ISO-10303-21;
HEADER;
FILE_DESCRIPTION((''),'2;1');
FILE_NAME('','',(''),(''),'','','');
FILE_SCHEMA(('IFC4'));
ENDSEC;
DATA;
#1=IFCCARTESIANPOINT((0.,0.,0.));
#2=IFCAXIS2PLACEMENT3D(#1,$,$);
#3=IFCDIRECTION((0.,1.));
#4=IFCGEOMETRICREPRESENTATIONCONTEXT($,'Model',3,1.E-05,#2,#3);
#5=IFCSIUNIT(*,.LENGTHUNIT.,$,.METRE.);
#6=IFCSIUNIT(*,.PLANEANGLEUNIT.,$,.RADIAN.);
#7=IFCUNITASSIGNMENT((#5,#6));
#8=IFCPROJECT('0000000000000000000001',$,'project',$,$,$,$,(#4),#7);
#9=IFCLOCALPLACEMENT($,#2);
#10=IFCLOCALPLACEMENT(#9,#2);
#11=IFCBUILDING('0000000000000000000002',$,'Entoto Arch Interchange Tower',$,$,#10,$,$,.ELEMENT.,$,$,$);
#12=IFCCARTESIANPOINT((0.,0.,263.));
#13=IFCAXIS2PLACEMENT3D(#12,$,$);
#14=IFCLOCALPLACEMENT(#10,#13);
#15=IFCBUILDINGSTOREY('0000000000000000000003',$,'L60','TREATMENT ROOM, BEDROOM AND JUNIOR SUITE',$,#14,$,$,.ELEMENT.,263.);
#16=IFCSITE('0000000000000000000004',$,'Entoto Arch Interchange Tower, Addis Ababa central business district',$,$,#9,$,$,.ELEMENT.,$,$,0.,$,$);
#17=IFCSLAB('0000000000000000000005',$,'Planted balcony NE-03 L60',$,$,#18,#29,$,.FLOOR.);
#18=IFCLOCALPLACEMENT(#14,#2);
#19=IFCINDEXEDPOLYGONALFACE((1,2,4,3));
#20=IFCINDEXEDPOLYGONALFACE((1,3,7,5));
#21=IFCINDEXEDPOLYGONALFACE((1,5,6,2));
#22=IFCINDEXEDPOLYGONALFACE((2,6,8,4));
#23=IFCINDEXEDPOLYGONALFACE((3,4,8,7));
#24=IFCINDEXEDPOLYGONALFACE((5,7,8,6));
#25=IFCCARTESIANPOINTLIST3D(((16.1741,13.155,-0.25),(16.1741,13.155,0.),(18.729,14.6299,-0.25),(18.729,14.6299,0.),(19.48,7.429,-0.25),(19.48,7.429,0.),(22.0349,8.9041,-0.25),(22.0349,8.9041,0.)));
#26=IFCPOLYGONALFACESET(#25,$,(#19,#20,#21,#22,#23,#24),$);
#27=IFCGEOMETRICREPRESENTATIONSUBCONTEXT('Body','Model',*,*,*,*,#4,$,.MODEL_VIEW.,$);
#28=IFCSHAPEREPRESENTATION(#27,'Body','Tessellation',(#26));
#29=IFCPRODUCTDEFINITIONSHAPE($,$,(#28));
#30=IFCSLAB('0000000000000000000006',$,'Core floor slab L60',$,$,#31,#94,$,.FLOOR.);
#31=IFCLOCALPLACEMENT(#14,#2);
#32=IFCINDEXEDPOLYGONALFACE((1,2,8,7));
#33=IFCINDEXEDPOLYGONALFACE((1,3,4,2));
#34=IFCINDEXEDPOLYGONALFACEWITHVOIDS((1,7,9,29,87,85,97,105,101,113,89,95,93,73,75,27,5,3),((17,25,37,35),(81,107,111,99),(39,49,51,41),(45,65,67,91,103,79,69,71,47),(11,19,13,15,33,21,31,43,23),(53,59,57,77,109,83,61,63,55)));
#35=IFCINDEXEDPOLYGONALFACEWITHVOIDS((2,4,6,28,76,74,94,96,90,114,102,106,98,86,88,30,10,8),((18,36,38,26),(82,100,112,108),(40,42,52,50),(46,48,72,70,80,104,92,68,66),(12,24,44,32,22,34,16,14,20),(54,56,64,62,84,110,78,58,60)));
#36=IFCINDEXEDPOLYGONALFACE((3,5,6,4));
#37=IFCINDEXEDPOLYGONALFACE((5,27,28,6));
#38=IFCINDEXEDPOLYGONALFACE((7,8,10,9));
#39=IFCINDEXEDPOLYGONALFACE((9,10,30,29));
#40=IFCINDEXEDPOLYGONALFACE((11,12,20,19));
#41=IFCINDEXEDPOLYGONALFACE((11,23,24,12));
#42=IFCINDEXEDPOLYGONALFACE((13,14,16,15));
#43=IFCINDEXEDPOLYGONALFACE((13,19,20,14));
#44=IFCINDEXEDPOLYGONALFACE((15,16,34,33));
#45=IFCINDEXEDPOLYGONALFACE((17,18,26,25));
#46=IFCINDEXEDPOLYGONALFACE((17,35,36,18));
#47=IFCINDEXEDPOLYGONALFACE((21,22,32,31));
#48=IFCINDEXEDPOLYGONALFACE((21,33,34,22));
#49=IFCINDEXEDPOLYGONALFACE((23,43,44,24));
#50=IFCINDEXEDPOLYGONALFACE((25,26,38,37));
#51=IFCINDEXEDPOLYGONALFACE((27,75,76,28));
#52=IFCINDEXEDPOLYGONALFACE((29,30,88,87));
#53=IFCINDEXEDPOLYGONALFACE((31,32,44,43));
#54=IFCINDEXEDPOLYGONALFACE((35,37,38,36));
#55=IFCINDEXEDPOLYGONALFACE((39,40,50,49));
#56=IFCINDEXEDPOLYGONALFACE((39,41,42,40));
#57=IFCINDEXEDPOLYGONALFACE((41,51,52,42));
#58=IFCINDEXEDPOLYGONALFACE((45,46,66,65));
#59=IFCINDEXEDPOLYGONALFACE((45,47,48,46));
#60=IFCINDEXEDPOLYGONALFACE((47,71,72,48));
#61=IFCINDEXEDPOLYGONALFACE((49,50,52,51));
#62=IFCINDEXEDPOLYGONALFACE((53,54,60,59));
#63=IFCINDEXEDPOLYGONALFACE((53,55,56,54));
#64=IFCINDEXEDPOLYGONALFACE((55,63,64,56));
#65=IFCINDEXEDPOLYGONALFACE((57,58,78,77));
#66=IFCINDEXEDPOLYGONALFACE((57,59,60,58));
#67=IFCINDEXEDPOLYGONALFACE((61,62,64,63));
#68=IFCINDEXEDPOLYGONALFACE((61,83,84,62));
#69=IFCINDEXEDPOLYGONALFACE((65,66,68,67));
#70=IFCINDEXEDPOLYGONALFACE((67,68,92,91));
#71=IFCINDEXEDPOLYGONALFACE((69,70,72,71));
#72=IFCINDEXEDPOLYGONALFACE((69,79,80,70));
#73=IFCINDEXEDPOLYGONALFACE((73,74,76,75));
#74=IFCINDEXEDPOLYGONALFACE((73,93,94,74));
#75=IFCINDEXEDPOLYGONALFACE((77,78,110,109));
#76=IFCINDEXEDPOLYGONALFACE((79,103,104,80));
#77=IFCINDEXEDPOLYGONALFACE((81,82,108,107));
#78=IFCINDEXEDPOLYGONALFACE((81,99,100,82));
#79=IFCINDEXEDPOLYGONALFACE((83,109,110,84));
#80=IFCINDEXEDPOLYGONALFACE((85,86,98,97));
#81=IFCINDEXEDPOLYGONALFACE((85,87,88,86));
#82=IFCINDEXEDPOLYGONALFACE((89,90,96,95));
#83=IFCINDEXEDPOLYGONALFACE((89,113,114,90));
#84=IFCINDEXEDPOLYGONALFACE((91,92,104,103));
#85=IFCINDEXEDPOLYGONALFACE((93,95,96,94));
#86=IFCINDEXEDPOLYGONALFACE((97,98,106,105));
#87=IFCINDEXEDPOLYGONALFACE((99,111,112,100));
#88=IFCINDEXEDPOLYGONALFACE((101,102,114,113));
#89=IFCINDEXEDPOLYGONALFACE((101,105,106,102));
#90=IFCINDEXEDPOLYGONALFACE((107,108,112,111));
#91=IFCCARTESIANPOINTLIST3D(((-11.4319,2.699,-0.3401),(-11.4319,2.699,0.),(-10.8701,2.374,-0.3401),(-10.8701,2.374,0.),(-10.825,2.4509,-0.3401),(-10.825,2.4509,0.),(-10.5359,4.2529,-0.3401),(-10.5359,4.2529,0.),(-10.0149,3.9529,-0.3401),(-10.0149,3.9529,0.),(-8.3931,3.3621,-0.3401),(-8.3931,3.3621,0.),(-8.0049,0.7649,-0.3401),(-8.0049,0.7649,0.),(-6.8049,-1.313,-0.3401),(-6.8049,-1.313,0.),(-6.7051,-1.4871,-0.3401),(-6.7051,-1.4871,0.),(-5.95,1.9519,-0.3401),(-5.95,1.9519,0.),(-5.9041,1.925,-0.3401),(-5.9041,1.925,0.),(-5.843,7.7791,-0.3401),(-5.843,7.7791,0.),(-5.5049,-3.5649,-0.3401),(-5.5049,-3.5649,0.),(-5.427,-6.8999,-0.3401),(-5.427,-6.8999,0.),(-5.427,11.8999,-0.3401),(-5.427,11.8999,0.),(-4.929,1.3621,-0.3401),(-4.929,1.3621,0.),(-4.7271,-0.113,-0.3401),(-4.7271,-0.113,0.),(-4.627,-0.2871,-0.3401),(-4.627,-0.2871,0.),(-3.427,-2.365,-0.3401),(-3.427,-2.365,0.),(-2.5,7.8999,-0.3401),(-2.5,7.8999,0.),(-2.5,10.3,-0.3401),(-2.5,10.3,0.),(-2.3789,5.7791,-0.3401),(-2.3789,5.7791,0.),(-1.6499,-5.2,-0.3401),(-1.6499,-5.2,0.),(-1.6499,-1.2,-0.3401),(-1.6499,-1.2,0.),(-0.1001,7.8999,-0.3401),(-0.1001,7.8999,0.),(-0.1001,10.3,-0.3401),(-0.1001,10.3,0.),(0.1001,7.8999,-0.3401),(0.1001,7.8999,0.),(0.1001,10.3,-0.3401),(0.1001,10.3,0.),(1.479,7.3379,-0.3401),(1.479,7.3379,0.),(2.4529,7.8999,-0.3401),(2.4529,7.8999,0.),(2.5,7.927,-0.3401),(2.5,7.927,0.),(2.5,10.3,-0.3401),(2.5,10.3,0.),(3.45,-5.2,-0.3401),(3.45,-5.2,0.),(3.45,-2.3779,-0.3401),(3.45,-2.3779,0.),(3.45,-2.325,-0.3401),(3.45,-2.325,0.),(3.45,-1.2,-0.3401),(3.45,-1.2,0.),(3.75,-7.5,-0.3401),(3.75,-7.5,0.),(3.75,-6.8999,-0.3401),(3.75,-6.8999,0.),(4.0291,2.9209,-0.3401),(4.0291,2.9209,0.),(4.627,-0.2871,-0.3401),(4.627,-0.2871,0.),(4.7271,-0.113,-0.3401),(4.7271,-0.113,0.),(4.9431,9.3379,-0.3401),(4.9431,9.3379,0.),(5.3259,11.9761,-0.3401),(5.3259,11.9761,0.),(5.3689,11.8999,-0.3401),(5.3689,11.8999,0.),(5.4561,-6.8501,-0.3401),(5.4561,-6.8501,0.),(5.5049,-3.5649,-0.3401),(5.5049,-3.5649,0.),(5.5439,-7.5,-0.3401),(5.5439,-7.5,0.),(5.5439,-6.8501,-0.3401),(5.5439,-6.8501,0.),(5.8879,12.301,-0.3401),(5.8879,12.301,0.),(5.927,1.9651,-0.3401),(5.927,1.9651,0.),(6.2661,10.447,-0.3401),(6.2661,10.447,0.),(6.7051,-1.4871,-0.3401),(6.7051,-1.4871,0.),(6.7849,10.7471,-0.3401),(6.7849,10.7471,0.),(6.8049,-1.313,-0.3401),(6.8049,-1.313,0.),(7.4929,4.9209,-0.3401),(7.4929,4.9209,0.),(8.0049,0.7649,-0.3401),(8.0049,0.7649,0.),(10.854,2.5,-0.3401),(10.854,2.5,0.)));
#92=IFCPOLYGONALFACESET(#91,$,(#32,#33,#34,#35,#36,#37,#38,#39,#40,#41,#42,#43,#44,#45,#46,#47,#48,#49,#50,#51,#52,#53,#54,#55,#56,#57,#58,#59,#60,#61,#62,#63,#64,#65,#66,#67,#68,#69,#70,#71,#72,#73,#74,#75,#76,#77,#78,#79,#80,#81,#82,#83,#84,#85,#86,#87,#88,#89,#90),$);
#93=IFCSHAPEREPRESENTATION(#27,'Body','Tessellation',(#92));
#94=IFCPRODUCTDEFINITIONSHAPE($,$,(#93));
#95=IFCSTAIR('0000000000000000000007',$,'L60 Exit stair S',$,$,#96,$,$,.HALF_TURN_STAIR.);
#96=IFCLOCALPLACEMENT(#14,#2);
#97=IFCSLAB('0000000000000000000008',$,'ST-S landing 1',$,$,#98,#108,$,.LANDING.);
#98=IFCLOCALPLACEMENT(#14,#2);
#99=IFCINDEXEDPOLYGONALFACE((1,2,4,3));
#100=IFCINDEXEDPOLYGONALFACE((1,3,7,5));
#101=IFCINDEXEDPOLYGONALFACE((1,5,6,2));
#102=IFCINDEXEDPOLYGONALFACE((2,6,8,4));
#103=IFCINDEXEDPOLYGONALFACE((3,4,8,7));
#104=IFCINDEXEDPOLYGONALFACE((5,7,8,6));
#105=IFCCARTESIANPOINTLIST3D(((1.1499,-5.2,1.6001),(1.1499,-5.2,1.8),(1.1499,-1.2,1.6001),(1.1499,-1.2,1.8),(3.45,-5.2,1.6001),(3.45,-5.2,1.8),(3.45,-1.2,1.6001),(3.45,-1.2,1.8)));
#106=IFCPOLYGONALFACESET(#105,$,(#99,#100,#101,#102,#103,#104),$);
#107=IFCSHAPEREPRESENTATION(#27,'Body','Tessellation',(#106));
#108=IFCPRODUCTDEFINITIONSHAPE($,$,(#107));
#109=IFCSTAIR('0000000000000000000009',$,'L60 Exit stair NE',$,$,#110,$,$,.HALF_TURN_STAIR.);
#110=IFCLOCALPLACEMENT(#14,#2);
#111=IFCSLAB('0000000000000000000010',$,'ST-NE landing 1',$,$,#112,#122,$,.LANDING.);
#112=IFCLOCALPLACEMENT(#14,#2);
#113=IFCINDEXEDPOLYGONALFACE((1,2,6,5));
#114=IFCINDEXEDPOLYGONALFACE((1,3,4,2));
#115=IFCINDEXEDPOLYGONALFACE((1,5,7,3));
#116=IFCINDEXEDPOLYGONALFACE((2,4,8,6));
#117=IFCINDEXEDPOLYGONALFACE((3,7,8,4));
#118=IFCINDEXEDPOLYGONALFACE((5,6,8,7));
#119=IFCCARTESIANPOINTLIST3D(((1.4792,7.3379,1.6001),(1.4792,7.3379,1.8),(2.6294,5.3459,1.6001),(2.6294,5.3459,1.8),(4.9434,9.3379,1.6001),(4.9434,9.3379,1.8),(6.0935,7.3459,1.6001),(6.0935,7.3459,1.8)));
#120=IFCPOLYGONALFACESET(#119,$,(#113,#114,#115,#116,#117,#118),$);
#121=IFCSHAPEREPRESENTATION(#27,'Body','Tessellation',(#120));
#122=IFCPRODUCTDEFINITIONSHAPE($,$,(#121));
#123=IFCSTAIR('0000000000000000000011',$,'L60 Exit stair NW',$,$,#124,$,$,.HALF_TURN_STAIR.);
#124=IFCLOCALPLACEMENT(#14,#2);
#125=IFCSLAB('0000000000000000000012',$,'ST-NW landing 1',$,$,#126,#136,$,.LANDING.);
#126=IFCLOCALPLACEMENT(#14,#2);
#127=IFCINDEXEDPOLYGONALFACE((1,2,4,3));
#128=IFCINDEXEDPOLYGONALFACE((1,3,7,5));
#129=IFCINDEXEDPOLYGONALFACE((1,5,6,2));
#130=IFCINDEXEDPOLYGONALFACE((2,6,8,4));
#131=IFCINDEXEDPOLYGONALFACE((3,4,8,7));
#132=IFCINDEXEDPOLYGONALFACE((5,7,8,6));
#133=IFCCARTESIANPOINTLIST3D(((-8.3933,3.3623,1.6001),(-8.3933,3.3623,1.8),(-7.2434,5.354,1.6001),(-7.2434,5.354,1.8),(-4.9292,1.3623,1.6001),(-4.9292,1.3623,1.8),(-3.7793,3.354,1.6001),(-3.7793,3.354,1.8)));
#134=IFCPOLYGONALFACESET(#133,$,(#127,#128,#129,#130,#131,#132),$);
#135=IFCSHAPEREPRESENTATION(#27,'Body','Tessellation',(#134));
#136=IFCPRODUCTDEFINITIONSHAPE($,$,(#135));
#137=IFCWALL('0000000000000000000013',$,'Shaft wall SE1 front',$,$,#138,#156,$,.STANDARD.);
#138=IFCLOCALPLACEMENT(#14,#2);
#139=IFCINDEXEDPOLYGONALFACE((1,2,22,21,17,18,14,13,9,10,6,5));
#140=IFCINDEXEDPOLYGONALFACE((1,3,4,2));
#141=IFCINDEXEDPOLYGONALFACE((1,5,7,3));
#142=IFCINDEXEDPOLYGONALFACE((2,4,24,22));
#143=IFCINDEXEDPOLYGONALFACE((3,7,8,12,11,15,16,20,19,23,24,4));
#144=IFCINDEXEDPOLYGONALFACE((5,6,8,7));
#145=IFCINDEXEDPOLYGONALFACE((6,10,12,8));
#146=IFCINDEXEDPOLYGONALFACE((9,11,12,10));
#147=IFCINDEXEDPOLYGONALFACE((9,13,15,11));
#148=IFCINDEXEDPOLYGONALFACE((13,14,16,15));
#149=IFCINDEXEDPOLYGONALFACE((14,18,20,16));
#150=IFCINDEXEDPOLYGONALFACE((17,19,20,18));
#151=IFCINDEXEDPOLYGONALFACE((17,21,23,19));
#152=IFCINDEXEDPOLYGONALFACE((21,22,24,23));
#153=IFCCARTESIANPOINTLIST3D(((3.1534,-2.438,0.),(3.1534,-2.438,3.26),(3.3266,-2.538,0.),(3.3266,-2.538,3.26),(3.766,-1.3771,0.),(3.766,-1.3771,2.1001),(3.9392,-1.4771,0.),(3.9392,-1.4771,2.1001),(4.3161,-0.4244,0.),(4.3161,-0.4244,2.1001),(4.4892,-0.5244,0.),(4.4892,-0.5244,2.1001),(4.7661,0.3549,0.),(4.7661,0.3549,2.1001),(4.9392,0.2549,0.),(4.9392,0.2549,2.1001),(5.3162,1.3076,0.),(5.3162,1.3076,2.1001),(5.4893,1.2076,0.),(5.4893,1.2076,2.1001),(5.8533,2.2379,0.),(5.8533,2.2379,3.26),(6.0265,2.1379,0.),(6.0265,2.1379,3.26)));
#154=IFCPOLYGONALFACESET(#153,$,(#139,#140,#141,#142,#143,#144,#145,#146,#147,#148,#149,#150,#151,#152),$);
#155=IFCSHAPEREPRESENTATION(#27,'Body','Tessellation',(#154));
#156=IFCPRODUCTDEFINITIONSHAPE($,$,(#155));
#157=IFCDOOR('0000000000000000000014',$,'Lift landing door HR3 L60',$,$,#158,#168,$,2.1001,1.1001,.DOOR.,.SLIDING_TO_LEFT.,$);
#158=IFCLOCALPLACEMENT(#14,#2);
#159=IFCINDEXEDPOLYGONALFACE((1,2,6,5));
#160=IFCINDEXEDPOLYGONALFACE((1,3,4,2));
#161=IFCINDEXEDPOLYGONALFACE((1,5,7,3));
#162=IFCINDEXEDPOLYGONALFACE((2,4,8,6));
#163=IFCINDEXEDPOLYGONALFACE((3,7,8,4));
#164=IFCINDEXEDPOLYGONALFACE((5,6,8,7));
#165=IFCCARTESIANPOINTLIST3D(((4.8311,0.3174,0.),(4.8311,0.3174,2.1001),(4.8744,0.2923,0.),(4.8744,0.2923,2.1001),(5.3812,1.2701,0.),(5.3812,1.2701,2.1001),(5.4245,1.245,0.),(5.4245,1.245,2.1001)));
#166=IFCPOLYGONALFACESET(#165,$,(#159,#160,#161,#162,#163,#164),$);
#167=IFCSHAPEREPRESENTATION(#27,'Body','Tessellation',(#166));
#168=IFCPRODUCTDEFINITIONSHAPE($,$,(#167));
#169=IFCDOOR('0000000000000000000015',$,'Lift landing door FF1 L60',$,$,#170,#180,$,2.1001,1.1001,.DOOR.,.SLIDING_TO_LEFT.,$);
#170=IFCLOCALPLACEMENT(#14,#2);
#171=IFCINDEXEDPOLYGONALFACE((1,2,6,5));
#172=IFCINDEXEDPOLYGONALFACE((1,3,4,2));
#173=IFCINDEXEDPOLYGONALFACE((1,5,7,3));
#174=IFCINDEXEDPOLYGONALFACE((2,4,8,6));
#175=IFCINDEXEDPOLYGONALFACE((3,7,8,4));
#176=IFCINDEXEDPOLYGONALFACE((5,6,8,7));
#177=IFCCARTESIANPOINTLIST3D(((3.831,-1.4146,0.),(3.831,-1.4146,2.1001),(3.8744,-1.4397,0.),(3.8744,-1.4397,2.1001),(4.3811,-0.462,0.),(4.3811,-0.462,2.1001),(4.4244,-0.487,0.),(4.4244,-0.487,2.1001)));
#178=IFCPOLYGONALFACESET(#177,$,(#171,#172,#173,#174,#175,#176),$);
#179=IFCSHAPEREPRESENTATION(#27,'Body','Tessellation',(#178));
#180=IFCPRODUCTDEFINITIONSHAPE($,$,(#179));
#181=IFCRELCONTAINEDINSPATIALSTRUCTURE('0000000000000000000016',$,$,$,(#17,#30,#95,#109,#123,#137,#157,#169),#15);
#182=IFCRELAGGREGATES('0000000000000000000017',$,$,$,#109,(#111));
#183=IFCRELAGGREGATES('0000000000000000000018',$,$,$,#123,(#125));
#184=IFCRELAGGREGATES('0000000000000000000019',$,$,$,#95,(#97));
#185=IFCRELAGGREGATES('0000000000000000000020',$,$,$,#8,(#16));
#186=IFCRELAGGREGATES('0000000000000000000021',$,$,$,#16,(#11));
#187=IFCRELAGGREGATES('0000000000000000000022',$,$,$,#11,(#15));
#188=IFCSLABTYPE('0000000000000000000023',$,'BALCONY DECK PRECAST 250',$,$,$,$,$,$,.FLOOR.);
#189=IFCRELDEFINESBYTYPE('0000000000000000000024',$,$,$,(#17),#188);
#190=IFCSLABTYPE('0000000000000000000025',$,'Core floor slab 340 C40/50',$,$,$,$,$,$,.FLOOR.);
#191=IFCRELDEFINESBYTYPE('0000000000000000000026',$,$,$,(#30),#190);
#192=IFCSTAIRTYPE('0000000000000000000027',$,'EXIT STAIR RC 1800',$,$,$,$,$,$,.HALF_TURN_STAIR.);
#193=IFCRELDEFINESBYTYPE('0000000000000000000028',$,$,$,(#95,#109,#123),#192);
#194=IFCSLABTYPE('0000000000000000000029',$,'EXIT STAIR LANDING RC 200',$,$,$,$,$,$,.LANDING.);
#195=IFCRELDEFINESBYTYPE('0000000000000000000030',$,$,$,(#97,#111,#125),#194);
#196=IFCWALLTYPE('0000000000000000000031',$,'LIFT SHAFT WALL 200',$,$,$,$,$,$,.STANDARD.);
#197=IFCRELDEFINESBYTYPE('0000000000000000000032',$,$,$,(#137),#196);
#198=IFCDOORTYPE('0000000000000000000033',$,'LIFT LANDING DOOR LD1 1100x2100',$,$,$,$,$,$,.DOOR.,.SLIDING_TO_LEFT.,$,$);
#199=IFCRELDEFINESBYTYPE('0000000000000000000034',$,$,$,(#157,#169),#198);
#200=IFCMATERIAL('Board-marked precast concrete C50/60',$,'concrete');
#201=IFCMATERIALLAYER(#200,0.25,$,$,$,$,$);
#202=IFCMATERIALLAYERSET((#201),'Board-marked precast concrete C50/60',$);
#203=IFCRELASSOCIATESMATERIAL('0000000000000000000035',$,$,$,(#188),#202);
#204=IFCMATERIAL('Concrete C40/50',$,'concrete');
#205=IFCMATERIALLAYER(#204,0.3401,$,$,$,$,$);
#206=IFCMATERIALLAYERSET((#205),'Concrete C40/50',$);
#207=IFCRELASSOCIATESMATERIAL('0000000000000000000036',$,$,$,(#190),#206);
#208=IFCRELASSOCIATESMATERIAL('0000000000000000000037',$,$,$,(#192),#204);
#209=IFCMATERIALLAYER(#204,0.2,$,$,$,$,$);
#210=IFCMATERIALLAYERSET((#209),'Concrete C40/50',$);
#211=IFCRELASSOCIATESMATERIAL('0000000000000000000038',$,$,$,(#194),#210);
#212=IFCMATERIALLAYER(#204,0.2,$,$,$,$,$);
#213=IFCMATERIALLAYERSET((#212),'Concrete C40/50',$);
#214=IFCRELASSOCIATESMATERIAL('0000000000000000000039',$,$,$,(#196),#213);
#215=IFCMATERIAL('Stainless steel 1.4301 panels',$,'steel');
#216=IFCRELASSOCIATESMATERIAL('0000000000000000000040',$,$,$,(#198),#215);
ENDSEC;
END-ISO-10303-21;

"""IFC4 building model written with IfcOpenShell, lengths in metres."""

from ifc_helpers import new_model, si_unit, direction, frame, frame_2d, origin, place, context, subcontext, project, spatial, polyline, rectangle, outline, extrude, material, layer, layer_set, type_object, element, fill, aggregate, save


model = new_model("IFC4")

# Units and contexts
model_context = context("Model", 3, precision=1e-05, world=origin(), true_north=direction((0.0, 1.0)))
body_context = subcontext(model_context, "Body", "Model", "MODEL_VIEW")
ifc_project = project(units=[si_unit("LENGTHUNIT", "METRE"), si_unit("PLANEANGLEUNIT", "RADIAN")], contexts=[model_context])

# Site, building, storey
site_placement = place(None, origin())
site = spatial("IfcSite", under=ifc_project, at=site_placement, Name="Entoto Arch Interchange Tower, Addis Ababa central business district", CompositionType="ELEMENT", RefElevation=0.0)
building_placement = place(site_placement, origin())
building = spatial("IfcBuilding", under=site, at=building_placement, Name="Entoto Arch Interchange Tower", CompositionType="ELEMENT")
storey_placement = place(building_placement, frame((0.0, 0.0, 263.0)))
storey = spatial("IfcBuildingStorey", under=building, at=storey_placement, Name="L60", Description="TREATMENT ROOM, BEDROOM AND JUNIOR SUITE", CompositionType="ELEMENT", Elevation=263.0)

# Slabs
ifc_material_1 = material(Name="Board-marked precast concrete C50/60", Category="concrete")
ifc_layer_1 = layer(ifc_material_1, 0.25)
ifc_layer_set_1 = layer_set([ifc_layer_1], Name="Board-marked precast concrete C50/60")
slab_type_1 = type_object("IfcSlabType", Name="BALCONY DECK PRECAST 250", PredefinedType="FLOOR", material=ifc_layer_set_1)
slab_1_placement = place(storey_placement, frame((0.0, 0.0, -0.25)))
element("IfcSlab", 1, at=slab_1_placement, inside=storey, type_object=slab_type_1, Name="Planted balcony NE-03 L60", PredefinedType="FLOOR", context=body_context, shape_type="SweptSolid", body=[
    extrude(outline(polyline([(19.48, 7.429), (16.1741, 13.155), (18.729, 14.6299), (22.0349, 8.9041), (19.48, 7.429)])), origin(), (0.0, 0.0, 1.0), 0.25),
])
ifc_material_2 = material(Name="Concrete C40/50", Category="concrete")
ifc_layer_2 = layer(ifc_material_2, 0.3401)
ifc_layer_set_2 = layer_set([ifc_layer_2], Name="Concrete C40/50")
slab_type_2 = type_object("IfcSlabType", Name="Core floor slab 340 C40/50", PredefinedType="FLOOR", material=ifc_layer_set_2)
slab_2_placement = place(storey_placement, frame((0.0, 0.0, -0.3401)))
element("IfcSlab", 2, at=slab_2_placement, inside=storey, type_object=slab_type_2, Name="Core floor slab L60", PredefinedType="FLOOR", context=body_context, shape_type="SweptSolid", body=[
    extrude(outline(polyline([(-10.825, 2.4509), (-10.8701, 2.374), (-11.4319, 2.699), (-10.5359, 4.2529), (-10.0149, 3.9529), (-5.427, 11.8999), (5.3689, 11.8999), (5.3259, 11.9761), (5.8879, 12.301), (6.7849, 10.7471), (6.2661, 10.447), (10.854, 2.5), (5.4561, -6.8501), (5.5439, -6.8501), (5.5439, -7.5), (3.75, -7.5), (3.75, -6.8999), (-5.427, -6.8999), (-10.825, 2.4509)]), holes=[polyline([(-1.6499, -5.2), (3.45, -5.2), (3.45, -2.3779), (5.5049, -3.5649), (6.7051, -1.4871), (4.627, -0.2871), (3.45, -2.325), (3.45, -1.2), (-1.6499, -1.2), (-1.6499, -5.2)]), polyline([(-4.627, -0.2871), (-6.7051, -1.4871), (-5.5049, -3.5649), (-3.427, -2.365), (-4.627, -0.2871)]), polyline([(-5.9041, 1.925), (-4.929, 1.3621), (-2.3789, 5.7791), (-5.843, 7.7791), (-8.3931, 3.3621), (-5.95, 1.9519), (-8.0049, 0.7649), (-6.8049, -1.313), (-4.7271, -0.113), (-5.9041, 1.925)]), polyline([(4.7271, -0.113), (6.8049, -1.313), (8.0049, 0.7649), (5.927, 1.9651), (4.7271, -0.113)]), polyline([(2.5, 7.927), (2.5, 10.3), (0.1001, 10.3), (0.1001, 7.8999), (2.4529, 7.8999), (1.479, 7.3379), (4.0291, 2.9209), (7.4929, 4.9209), (4.9431, 9.3379), (2.5, 7.927)]), polyline([(-2.5, 7.8999), (-0.1001, 7.8999), (-0.1001, 10.3), (-2.5, 10.3), (-2.5, 7.8999)])]), origin(), (0.0, 0.0, 1.0), 0.3401),
])

# Stairs, slabs
stair_type = type_object("IfcStairType", Name="EXIT STAIR RC 1800", PredefinedType="HALF_TURN_STAIR", material=ifc_material_2)
stair_1_placement = place(storey_placement, origin())
stair_1 = element("IfcStair", 3, at=stair_1_placement, inside=storey, type_object=stair_type, Name="L60 Exit stair S", PredefinedType="HALF_TURN_STAIR")
ifc_layer_3 = layer(ifc_material_2, 0.2)
ifc_layer_set_3 = layer_set([ifc_layer_3], Name="Concrete C40/50")
slab_type_3 = type_object("IfcSlabType", Name="EXIT STAIR LANDING RC 200", PredefinedType="LANDING", material=ifc_layer_set_3)
slab_3_placement = place(storey_placement, frame((0.0, 0.0, 1.6001)))
slab_3 = element("IfcSlab", 4, at=slab_3_placement, type_object=slab_type_3, Name="ST-S landing 1", PredefinedType="LANDING", context=body_context, shape_type="SweptSolid", body=[
    extrude(outline(polyline([(1.1499, -5.2), (3.45, -5.2), (3.45, -1.2), (1.1499, -1.2), (1.1499, -5.2)])), origin(), (0.0, 0.0, 1.0), 0.2),
])
stair_2_placement = place(storey_placement, origin())
stair_2 = element("IfcStair", 5, at=stair_2_placement, inside=storey, type_object=stair_type, Name="L60 Exit stair NE", PredefinedType="HALF_TURN_STAIR")
slab_4_placement = place(storey_placement, frame((0.0, 0.0, 1.6001)))
slab_4 = element("IfcSlab", 6, at=slab_4_placement, type_object=slab_type_3, Name="ST-NE landing 1", PredefinedType="LANDING", context=body_context, shape_type="SweptSolid", body=[
    extrude(outline(polyline([(6.0935, 7.3459), (4.9434, 9.3379), (1.4792, 7.3379), (2.6294, 5.3459), (6.0935, 7.3459)])), origin(), (0.0, 0.0, 1.0), 0.2),
])
aggregate(stair_2, [slab_4])
stair_3_placement = place(storey_placement, origin())
stair_3 = element("IfcStair", 7, at=stair_3_placement, inside=storey, type_object=stair_type, Name="L60 Exit stair NW", PredefinedType="HALF_TURN_STAIR")
slab_5_placement = place(storey_placement, frame((0.0, 0.0, 1.6001)))
slab_5 = element("IfcSlab", 8, at=slab_5_placement, type_object=slab_type_3, Name="ST-NW landing 1", PredefinedType="LANDING", context=body_context, shape_type="SweptSolid", body=[
    extrude(outline(polyline([(-7.2434, 5.354), (-8.3933, 3.3623), (-4.9292, 1.3623), (-3.7793, 3.354), (-7.2434, 5.354)])), origin(), (0.0, 0.0, 1.0), 0.2),
])
aggregate(stair_3, [slab_5])

# Wall, openings, doors
ifc_layer_4 = layer(ifc_material_2, 0.2)
ifc_layer_set_4 = layer_set([ifc_layer_4], Name="Concrete C40/50")
wall_type_1 = type_object("IfcWallType", Name="LIFT SHAFT WALL 200", PredefinedType="STANDARD", material=ifc_layer_set_4)
wall_1_placement = place(storey_placement, frame((3.24, -2.488, 0.0), z_axis=(0.0, 0.0, 1.0), x_axis=(0.500034, 0.866006, 0.0)))
wall_1 = element("IfcWall", 9, at=wall_1_placement, inside=storey, type_object=wall_type_1, Name="Shaft wall SE1 front", PredefinedType="STANDARD", context=body_context, shape_type="SweptSolid", body=[
    extrude(rectangle(XDim=5.3994, YDim=0.2, at=frame_2d((2.6997, 0.0))), origin(), (0.0, 0.0, 1.0), 3.26),
])
opening_1_placement = place(wall_1_placement, frame((3.2251, 0.0, 0.0)))
opening_1 = element("IfcOpeningElement", 10, at=opening_1_placement, cuts=wall_1, PredefinedType="OPENING", context=body_context, shape_type="SweptSolid", body=[
    extrude(rectangle(XDim=1.1001, YDim=2.1001, at=frame_2d((0.55, 1.05))), frame((0.0, 0.1099, 0.0), z_axis=(0.0, -1.0, 0.0), x_axis=(1.0, 0.0, 0.0)), (0.0, 0.0, 1.0), 0.22),
])
opening_2_placement = place(wall_1_placement, frame((1.2251, 0.0, 0.0)))
opening_2 = element("IfcOpeningElement", 11, at=opening_2_placement, cuts=wall_1, PredefinedType="OPENING", context=body_context, shape_type="SweptSolid", body=[
    extrude(rectangle(XDim=1.1001, YDim=2.1001, at=frame_2d((0.55, 1.05))), frame((0.0, 0.1099, 0.0), z_axis=(0.0, -1.0, 0.0), x_axis=(1.0, 0.0, 0.0)), (0.0, 0.0, 1.0), 0.22),
])
ifc_material_3 = material(Name="Stainless steel 1.4301 panels", Category="steel")
door_type = type_object("IfcDoorType", Name="LIFT LANDING DOOR LD1 1100x2100", OperationType="SLIDING_TO_LEFT", PredefinedType="DOOR", material=ifc_material_3)
door_1_placement = place(opening_1_placement, origin())
door_1 = element("IfcDoor", 12, at=door_1_placement, inside=storey, type_object=door_type, Name="Lift landing door HR3 L60", OperationType="SLIDING_TO_LEFT", OverallHeight=2.1001, OverallWidth=1.1001, PredefinedType="DOOR", context=body_context, shape_type="SweptSolid", body=[
    extrude(rectangle(XDim=1.1001, YDim=2.1001, at=frame_2d((0.55, 1.05))), frame((0.0, 0.0249, 0.0), z_axis=(0.0, -1.0, 0.0), x_axis=(1.0, 0.0, 0.0)), (0.0, 0.0, 1.0), 0.05),
])
fill(opening_1, door_1)
door_2_placement = place(opening_2_placement, origin())
door_2 = element("IfcDoor", 13, at=door_2_placement, inside=storey, type_object=door_type, Name="Lift landing door FF1 L60", OperationType="SLIDING_TO_LEFT", OverallHeight=2.1001, OverallWidth=1.1001, PredefinedType="DOOR", context=body_context, shape_type="SweptSolid", body=[
    extrude(rectangle(XDim=1.1001, YDim=2.1001, at=frame_2d((0.55, 1.05))), frame((0.0, 0.0249, 0.0), z_axis=(0.0, -1.0, 0.0), x_axis=(1.0, 0.0, 0.0)), (0.0, 0.0, 1.0), 0.05),
])
fill(opening_2, door_2)

aggregate(stair_1, [slab_3])

save(model, "model.ifc")
